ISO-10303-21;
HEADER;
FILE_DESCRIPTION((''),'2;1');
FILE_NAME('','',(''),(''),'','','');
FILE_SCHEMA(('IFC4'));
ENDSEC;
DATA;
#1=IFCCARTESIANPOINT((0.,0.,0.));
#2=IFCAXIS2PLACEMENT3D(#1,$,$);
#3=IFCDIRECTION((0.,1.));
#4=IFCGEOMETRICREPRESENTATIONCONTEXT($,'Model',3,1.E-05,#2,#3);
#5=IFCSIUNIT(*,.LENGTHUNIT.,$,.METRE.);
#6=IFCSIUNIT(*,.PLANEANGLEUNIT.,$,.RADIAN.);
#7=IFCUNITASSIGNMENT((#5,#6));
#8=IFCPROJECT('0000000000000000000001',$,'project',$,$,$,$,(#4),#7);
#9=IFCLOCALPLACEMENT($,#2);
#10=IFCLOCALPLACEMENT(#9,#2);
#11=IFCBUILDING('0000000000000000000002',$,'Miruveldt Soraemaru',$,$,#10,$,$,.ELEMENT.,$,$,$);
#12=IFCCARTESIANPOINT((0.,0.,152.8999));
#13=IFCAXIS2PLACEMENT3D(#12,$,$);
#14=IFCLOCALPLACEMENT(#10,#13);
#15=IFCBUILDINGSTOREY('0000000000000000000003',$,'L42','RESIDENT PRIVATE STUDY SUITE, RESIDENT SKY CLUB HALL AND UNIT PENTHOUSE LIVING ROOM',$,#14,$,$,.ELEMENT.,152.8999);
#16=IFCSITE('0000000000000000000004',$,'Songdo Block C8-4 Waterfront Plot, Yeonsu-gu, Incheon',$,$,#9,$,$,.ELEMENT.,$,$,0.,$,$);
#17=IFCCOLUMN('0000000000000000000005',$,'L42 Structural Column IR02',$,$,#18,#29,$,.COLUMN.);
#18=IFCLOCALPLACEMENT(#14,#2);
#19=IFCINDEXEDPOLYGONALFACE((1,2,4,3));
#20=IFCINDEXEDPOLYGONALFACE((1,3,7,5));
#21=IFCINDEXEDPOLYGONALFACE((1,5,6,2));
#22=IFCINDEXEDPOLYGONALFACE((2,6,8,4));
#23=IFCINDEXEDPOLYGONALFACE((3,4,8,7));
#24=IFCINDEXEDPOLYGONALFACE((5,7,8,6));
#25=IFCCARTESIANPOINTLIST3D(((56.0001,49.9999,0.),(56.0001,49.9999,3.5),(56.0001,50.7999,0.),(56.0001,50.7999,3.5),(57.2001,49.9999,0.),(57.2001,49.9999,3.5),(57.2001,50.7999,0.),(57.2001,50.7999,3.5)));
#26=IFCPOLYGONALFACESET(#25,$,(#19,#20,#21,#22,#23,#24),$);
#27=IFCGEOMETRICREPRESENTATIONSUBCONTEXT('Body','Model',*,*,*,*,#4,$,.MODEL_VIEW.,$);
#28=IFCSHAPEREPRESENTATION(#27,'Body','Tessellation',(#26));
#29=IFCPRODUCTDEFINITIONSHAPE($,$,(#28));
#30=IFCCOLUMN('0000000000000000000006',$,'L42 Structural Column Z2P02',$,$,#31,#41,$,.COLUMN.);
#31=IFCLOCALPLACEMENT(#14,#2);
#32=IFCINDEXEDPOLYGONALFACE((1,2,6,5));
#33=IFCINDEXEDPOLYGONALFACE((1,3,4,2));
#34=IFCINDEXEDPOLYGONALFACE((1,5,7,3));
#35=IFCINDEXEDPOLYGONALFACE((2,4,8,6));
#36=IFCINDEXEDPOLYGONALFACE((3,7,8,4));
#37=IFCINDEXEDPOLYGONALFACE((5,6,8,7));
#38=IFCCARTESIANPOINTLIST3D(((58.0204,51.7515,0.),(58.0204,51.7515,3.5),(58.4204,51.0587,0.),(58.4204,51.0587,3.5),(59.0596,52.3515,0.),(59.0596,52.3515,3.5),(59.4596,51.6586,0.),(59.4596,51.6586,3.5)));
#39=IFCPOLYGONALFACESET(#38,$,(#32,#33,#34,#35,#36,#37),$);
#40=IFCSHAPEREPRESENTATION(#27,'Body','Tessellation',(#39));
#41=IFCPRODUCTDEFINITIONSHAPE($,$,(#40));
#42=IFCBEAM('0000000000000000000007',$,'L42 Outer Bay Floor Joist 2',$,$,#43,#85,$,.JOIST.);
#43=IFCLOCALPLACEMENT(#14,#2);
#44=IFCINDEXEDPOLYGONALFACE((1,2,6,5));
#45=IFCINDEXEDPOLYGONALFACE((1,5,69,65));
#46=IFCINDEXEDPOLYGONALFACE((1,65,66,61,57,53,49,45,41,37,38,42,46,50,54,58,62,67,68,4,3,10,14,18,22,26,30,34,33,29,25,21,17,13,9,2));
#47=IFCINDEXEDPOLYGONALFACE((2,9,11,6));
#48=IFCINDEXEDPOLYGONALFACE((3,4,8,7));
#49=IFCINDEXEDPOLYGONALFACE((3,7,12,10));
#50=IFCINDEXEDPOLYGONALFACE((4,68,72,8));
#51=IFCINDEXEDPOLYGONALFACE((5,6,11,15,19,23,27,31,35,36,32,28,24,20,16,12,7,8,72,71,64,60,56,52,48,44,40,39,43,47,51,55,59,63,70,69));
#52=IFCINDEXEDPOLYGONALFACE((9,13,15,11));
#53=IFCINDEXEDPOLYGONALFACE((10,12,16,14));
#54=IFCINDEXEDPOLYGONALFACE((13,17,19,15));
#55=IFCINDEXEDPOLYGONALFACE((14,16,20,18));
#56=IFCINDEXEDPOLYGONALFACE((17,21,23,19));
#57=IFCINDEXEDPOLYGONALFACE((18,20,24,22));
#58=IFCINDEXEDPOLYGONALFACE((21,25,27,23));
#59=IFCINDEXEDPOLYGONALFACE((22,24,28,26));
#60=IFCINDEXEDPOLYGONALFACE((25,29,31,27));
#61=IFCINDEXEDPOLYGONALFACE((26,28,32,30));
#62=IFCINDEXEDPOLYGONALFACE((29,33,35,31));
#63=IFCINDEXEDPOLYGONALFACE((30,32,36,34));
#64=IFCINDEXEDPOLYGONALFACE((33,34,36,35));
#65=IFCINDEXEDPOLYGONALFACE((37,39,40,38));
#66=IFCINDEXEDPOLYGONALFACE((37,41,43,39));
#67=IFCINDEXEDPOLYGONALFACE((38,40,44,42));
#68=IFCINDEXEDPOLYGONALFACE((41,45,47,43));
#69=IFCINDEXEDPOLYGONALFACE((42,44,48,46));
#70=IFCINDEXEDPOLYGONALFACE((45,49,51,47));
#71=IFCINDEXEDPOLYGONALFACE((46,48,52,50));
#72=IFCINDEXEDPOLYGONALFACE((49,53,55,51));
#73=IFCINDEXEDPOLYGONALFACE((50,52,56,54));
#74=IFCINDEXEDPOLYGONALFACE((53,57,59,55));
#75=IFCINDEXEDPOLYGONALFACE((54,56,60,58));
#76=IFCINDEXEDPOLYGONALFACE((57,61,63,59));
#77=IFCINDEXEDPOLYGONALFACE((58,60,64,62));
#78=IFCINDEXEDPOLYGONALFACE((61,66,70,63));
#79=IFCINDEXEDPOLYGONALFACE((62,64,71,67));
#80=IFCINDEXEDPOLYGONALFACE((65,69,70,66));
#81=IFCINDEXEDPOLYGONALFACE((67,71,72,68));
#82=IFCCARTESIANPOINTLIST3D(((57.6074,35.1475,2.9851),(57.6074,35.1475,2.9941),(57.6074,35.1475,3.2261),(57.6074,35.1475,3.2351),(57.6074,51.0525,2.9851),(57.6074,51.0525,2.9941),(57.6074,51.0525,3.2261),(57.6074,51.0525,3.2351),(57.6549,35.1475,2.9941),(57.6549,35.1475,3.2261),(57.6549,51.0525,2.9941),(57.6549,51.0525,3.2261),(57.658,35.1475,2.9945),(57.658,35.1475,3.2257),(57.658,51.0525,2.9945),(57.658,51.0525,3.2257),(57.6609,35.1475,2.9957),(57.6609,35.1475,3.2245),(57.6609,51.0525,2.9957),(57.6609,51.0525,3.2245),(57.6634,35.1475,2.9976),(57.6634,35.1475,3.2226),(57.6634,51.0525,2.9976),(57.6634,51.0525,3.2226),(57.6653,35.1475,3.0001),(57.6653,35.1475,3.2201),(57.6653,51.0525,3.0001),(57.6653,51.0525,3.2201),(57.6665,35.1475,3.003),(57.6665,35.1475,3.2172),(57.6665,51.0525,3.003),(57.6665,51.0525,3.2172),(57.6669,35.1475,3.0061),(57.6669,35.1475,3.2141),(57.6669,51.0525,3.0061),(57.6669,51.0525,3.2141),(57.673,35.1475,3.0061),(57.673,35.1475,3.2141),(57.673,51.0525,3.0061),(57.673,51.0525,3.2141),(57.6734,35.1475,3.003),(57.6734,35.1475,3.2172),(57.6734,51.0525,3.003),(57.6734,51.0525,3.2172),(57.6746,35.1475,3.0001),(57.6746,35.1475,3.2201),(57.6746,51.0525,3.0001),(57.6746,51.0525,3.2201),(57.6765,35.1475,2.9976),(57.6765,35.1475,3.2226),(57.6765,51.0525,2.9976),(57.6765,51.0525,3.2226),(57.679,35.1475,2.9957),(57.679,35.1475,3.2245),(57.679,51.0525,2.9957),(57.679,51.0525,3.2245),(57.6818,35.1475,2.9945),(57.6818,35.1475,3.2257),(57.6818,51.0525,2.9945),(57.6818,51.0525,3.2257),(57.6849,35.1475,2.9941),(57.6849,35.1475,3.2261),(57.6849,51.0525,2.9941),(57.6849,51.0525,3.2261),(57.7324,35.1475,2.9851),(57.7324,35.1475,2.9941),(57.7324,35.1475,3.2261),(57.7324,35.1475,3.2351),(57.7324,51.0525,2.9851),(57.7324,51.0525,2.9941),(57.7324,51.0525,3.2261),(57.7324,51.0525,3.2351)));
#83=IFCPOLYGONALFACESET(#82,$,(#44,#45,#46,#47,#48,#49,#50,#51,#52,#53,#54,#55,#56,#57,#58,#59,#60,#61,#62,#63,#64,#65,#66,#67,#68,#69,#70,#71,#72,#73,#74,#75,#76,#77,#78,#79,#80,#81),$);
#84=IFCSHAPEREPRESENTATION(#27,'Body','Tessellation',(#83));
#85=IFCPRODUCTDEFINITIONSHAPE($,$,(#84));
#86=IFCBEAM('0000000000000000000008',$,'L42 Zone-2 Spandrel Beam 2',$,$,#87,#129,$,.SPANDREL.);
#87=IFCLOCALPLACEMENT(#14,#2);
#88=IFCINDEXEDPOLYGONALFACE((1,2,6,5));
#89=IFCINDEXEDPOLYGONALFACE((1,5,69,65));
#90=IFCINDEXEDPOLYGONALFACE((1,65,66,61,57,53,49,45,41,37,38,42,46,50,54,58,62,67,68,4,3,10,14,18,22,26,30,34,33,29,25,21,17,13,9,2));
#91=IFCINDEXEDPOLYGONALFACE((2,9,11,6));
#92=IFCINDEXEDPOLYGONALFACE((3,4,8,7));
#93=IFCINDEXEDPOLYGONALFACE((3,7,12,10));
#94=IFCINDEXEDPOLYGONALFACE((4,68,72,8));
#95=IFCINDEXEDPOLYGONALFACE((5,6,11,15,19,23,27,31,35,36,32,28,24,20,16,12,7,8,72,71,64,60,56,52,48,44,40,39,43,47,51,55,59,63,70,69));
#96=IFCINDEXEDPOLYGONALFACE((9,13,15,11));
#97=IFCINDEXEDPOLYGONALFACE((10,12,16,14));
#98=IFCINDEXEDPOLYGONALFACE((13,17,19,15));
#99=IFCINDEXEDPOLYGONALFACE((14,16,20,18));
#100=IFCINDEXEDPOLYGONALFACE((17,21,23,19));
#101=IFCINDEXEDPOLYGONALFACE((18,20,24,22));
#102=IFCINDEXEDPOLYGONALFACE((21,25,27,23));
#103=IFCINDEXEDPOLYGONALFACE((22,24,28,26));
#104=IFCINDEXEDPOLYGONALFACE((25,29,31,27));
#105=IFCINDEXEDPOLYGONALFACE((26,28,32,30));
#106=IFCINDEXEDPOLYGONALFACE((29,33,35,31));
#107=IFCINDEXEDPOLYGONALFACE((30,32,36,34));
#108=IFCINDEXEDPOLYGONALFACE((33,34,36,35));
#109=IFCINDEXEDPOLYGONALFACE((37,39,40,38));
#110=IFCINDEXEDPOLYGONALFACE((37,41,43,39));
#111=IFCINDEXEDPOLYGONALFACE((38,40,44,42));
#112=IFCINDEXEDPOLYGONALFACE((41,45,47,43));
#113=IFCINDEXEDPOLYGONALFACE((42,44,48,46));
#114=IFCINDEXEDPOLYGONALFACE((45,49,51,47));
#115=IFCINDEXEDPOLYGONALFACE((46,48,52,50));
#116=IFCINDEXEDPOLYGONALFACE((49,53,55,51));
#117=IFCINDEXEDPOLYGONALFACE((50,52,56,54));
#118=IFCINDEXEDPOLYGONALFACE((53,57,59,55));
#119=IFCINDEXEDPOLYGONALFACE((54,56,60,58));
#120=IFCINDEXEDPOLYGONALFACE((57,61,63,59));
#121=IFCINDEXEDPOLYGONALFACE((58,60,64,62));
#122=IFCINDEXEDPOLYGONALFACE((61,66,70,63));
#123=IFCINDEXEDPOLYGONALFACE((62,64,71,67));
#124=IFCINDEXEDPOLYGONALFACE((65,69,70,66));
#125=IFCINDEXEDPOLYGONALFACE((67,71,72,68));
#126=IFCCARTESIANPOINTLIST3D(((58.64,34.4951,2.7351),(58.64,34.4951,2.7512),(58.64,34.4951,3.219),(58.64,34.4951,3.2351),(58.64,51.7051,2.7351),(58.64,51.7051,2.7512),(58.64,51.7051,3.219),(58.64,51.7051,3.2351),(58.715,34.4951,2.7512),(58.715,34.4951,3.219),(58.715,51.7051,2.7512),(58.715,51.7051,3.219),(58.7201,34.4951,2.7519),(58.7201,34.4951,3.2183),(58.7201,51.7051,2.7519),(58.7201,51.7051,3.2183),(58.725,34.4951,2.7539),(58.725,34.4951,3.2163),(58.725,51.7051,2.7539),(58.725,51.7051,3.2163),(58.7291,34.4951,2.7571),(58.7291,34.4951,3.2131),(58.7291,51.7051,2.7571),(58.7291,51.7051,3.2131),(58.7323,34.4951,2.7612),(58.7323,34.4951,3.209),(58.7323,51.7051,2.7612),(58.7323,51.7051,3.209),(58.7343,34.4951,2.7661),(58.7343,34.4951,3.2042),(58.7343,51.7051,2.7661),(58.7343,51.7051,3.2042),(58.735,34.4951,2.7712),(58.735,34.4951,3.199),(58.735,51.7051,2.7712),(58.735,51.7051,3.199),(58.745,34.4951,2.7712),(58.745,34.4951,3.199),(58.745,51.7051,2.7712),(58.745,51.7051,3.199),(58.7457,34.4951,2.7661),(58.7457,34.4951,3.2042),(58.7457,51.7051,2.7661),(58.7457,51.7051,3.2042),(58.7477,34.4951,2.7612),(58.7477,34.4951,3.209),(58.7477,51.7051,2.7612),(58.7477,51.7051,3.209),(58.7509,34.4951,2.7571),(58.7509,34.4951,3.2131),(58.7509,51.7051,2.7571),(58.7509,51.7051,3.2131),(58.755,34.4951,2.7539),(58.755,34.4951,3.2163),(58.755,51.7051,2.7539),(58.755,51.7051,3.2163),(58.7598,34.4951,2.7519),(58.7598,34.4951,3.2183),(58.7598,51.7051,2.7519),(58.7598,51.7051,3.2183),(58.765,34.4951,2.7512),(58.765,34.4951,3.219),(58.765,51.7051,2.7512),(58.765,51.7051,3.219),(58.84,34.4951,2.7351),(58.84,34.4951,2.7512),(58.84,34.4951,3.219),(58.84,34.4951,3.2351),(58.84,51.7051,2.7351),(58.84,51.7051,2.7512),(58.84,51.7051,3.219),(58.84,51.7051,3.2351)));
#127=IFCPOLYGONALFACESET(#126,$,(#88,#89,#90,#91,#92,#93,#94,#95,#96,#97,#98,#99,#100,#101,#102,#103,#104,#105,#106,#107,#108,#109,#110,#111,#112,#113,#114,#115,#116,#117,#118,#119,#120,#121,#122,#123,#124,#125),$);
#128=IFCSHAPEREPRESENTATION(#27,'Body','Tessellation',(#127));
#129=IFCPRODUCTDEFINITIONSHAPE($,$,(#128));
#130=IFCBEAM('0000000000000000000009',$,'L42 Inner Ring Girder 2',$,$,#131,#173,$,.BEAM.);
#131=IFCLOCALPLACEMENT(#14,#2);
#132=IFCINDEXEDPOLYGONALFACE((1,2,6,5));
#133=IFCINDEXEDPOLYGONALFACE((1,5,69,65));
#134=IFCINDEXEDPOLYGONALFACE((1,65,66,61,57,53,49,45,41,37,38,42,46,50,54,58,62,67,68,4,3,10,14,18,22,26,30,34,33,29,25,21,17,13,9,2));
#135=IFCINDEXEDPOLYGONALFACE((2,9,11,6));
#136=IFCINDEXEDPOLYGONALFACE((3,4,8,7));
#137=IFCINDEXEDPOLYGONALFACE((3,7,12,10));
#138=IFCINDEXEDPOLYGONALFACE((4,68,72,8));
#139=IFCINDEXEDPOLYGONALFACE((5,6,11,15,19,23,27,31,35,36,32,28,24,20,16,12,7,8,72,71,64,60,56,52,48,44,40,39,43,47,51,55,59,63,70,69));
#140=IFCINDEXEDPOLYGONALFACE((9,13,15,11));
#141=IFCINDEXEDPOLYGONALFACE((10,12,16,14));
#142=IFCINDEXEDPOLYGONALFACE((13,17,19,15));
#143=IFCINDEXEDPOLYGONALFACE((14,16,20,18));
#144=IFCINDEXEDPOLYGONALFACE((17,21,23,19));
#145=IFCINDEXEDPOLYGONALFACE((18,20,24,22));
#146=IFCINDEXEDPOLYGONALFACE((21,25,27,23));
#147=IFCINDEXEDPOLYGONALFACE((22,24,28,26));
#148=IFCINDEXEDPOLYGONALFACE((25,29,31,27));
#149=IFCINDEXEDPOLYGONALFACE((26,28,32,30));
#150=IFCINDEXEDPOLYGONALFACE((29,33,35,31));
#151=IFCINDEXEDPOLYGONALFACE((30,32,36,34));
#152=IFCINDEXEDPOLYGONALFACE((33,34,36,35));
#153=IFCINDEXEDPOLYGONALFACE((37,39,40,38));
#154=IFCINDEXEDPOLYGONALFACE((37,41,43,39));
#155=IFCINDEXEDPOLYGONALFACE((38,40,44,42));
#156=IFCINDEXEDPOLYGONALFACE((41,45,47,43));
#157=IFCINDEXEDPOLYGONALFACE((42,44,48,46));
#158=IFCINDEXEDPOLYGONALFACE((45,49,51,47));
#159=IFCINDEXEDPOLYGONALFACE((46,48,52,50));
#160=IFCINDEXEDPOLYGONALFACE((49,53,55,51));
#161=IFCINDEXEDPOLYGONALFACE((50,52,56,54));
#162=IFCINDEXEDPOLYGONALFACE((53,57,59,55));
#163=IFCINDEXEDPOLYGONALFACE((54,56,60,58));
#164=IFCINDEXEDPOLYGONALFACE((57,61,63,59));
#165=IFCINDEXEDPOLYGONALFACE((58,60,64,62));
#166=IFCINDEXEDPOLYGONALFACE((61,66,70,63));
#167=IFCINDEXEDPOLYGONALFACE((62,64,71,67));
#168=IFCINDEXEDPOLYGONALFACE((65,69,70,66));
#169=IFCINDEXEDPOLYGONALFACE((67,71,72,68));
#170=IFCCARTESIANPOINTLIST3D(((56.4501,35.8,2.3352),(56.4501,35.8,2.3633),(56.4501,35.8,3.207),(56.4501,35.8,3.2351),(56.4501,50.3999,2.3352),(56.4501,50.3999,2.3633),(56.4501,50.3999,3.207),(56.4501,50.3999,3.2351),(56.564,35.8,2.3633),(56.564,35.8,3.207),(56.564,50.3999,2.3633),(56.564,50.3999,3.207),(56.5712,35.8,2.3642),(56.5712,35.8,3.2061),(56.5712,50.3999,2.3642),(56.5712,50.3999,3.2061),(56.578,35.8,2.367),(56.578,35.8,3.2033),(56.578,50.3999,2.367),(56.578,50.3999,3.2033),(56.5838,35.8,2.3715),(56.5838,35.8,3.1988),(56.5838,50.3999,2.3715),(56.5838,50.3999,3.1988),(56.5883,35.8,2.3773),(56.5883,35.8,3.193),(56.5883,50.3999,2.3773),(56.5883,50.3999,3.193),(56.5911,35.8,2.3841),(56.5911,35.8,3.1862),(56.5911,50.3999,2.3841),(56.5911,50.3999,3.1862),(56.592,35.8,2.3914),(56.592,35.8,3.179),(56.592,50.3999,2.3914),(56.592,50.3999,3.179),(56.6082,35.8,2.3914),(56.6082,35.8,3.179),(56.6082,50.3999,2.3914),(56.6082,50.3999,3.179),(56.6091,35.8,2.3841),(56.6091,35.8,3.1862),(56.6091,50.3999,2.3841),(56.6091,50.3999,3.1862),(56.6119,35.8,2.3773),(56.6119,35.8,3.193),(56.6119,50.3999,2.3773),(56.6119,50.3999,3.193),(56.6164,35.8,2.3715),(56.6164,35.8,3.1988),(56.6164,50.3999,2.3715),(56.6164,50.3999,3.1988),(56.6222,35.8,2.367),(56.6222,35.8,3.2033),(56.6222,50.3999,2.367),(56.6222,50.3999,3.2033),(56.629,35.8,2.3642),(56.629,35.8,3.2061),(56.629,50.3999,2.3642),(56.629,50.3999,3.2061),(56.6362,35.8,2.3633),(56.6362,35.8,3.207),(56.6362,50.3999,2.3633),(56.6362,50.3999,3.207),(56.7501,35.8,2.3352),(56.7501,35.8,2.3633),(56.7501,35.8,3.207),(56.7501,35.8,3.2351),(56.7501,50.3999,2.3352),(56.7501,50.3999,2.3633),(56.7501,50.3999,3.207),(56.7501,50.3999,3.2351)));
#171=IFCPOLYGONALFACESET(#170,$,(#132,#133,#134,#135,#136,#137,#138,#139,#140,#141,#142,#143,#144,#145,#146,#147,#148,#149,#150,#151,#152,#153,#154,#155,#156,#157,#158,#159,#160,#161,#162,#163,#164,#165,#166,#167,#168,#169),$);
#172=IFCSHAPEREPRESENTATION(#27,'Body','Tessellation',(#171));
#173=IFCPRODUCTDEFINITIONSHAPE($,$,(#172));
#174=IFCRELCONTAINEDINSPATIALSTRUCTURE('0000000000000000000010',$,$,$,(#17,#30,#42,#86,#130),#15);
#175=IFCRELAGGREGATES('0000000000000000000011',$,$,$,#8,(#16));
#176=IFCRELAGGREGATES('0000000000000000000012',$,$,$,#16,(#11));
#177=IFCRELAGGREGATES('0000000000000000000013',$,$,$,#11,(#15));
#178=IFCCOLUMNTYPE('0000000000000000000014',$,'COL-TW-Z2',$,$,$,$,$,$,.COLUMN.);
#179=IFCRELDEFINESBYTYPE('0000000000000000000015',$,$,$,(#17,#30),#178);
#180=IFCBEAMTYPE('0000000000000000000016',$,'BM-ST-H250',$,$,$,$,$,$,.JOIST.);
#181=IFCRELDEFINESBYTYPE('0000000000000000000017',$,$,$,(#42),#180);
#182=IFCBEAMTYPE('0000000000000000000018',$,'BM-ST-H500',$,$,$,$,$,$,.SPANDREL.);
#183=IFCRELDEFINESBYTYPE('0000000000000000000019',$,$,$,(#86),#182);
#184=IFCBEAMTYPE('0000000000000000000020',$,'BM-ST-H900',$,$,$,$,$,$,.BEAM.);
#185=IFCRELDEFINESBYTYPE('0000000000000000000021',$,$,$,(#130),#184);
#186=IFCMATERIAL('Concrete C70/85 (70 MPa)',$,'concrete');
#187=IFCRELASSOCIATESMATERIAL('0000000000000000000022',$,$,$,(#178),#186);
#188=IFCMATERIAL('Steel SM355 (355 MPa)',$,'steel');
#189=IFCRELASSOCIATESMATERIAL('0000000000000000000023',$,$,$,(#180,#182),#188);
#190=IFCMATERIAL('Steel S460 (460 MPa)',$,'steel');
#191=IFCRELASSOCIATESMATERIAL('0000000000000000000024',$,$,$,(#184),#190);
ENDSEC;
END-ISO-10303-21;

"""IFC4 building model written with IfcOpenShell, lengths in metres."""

from ifc_helpers import new_model, si_unit, direction, frame, origin, origin_2d, place, context, subcontext, project, spatial, rectangle, i_section, extrude, material, material_profile, profile_set, type_object, element, save


model = new_model("IFC4")

# Units and contexts
model_context = context("Model", 3, precision=1e-05, world=origin(), true_north=direction((0.0, 1.0)))
body_context = subcontext(model_context, "Body", "Model", "MODEL_VIEW")
ifc_project = project(units=[si_unit("LENGTHUNIT", "METRE"), si_unit("PLANEANGLEUNIT", "RADIAN")], contexts=[model_context])

# Site, building, storey
site_placement = place(None, origin())
site = spatial("IfcSite", under=ifc_project, at=site_placement, Name="Songdo Block C8-4 Waterfront Plot, Yeonsu-gu, Incheon", CompositionType="ELEMENT", RefElevation=0.0)
building_placement = place(site_placement, origin())
building = spatial("IfcBuilding", under=site, at=building_placement, Name="Miruveldt Soraemaru", CompositionType="ELEMENT")
storey_placement = place(building_placement, frame((0.0, 0.0, 152.8999)))
storey = spatial("IfcBuildingStorey", under=building, at=storey_placement, Name="L42", Description="RESIDENT PRIVATE STUDY SUITE, RESIDENT SKY CLUB HALL AND UNIT PENTHOUSE LIVING ROOM", CompositionType="ELEMENT", Elevation=152.8999)

# Columns
ifc_material_1 = material(Name="Concrete C70/85 (70 MPa)", Category="concrete")
ifc_material_profile_1 = material_profile(ifc_material_1, rectangle(XDim=1.2, YDim=0.8, at=origin_2d()), Name="Concrete C70/85 (70 MPa)", Category="concrete")
ifc_profile_set_1 = profile_set([ifc_material_profile_1], Name="Concrete C70/85 (70 MPa)")
column_type = type_object("IfcColumnType", Name="COL-TW-Z2", PredefinedType="COLUMN", material=ifc_profile_set_1)
for number, where, z_axis, x_axis, name in (
    (1, (56.6001, 50.3999, 0.0), (0.0, 0.0, 1.0), (1.0, 0.0, 0.0), "L42 Structural Column IR02"),
    (2, (58.74, 51.7051, 0.0), (0.0, 0.0, 1.0), (0.866025, 0.5, 0.0), "L42 Structural Column Z2P02"),
):
    element("IfcColumn", number, at=place(storey_placement, frame(where, z_axis=z_axis, x_axis=x_axis)), inside=storey, type_object=column_type, Name=name, PredefinedType="COLUMN", context=body_context, shape_type="SweptSolid", body=[
        extrude(rectangle(XDim=1.2, YDim=0.8, at=origin_2d()), origin(), (0.0, 0.0, 1.0), 3.5),
    ])

# Beams
ifc_material_2 = material(Name="Steel SM355 (355 MPa)", Category="steel")
ifc_material_profile_2 = material_profile(ifc_material_2, i_section(OverallWidth=0.125, OverallDepth=0.25, WebThickness=0.0061, FlangeThickness=0.009, FilletRadius=0.012, at=origin_2d()), Name="Steel SM355 (355 MPa)", Category="steel")
ifc_profile_set_2 = profile_set([ifc_material_profile_2], Name="Steel SM355 (355 MPa)")
beam_type_1 = type_object("IfcBeamType", Name="BM-ST-H250", PredefinedType="JOIST", material=ifc_profile_set_2)
beam_1_placement = place(storey_placement, frame((57.6699, 51.0525, 3.1101), z_axis=(0.0, -1.0, 0.0), x_axis=(1.0, 0.0, 0.0)))
element("IfcBeam", 3, at=beam_1_placement, inside=storey, type_object=beam_type_1, Name="L42 Outer Bay Floor Joist 2", PredefinedType="JOIST", context=body_context, shape_type="SweptSolid", body=[
    extrude(i_section(OverallWidth=0.125, OverallDepth=0.25, WebThickness=0.0061, FlangeThickness=0.009, FilletRadius=0.012, at=origin_2d()), origin(), (0.0, 0.0, 1.0), 15.905),
])
ifc_material_profile_3 = material_profile(ifc_material_2, i_section(OverallWidth=0.2, OverallDepth=0.5, WebThickness=0.01, FlangeThickness=0.0161, FilletRadius=0.02, at=origin_2d()), Name="Steel SM355 (355 MPa)", Category="steel")
ifc_profile_set_3 = profile_set([ifc_material_profile_3], Name="Steel SM355 (355 MPa)")
beam_type_2 = type_object("IfcBeamType", Name="BM-ST-H500", PredefinedType="SPANDREL", material=ifc_profile_set_3)
beam_2_placement = place(storey_placement, frame((58.74, 51.7051, 2.9851), z_axis=(0.0, -1.0, 0.0), x_axis=(1.0, 0.0, 0.0)))
element("IfcBeam", 4, at=beam_2_placement, inside=storey, type_object=beam_type_2, Name="L42 Zone-2 Spandrel Beam 2", PredefinedType="SPANDREL", context=body_context, shape_type="SweptSolid", body=[
    extrude(i_section(OverallWidth=0.2, OverallDepth=0.5, WebThickness=0.01, FlangeThickness=0.0161, FilletRadius=0.02, at=origin_2d()), origin(), (0.0, 0.0, 1.0), 17.21),
])
ifc_material_3 = material(Name="Steel S460 (460 MPa)", Category="steel")
ifc_material_profile_4 = material_profile(ifc_material_3, i_section(OverallWidth=0.3, OverallDepth=0.8999, WebThickness=0.0161, FlangeThickness=0.0281, FilletRadius=0.0281, at=origin_2d()), Name="Steel S460 (460 MPa)", Category="steel")
ifc_profile_set_4 = profile_set([ifc_material_profile_4], Name="Steel S460 (460 MPa)")
beam_type_3 = type_object("IfcBeamType", Name="BM-ST-H900", PredefinedType="BEAM", material=ifc_profile_set_4)
beam_3_placement = place(storey_placement, frame((56.6001, 50.3999, 2.7852), z_axis=(0.0, -1.0, 0.0), x_axis=(1.0, 0.0, 0.0)))
element("IfcBeam", 5, at=beam_3_placement, inside=storey, type_object=beam_type_3, Name="L42 Inner Ring Girder 2", PredefinedType="BEAM", context=body_context, shape_type="SweptSolid", body=[
    extrude(i_section(OverallWidth=0.3, OverallDepth=0.8999, WebThickness=0.0161, FlangeThickness=0.0281, FilletRadius=0.0281, at=origin_2d()), origin(), (0.0, 0.0, 1.0), 14.5999),
])

save(model, "model.ifc")
